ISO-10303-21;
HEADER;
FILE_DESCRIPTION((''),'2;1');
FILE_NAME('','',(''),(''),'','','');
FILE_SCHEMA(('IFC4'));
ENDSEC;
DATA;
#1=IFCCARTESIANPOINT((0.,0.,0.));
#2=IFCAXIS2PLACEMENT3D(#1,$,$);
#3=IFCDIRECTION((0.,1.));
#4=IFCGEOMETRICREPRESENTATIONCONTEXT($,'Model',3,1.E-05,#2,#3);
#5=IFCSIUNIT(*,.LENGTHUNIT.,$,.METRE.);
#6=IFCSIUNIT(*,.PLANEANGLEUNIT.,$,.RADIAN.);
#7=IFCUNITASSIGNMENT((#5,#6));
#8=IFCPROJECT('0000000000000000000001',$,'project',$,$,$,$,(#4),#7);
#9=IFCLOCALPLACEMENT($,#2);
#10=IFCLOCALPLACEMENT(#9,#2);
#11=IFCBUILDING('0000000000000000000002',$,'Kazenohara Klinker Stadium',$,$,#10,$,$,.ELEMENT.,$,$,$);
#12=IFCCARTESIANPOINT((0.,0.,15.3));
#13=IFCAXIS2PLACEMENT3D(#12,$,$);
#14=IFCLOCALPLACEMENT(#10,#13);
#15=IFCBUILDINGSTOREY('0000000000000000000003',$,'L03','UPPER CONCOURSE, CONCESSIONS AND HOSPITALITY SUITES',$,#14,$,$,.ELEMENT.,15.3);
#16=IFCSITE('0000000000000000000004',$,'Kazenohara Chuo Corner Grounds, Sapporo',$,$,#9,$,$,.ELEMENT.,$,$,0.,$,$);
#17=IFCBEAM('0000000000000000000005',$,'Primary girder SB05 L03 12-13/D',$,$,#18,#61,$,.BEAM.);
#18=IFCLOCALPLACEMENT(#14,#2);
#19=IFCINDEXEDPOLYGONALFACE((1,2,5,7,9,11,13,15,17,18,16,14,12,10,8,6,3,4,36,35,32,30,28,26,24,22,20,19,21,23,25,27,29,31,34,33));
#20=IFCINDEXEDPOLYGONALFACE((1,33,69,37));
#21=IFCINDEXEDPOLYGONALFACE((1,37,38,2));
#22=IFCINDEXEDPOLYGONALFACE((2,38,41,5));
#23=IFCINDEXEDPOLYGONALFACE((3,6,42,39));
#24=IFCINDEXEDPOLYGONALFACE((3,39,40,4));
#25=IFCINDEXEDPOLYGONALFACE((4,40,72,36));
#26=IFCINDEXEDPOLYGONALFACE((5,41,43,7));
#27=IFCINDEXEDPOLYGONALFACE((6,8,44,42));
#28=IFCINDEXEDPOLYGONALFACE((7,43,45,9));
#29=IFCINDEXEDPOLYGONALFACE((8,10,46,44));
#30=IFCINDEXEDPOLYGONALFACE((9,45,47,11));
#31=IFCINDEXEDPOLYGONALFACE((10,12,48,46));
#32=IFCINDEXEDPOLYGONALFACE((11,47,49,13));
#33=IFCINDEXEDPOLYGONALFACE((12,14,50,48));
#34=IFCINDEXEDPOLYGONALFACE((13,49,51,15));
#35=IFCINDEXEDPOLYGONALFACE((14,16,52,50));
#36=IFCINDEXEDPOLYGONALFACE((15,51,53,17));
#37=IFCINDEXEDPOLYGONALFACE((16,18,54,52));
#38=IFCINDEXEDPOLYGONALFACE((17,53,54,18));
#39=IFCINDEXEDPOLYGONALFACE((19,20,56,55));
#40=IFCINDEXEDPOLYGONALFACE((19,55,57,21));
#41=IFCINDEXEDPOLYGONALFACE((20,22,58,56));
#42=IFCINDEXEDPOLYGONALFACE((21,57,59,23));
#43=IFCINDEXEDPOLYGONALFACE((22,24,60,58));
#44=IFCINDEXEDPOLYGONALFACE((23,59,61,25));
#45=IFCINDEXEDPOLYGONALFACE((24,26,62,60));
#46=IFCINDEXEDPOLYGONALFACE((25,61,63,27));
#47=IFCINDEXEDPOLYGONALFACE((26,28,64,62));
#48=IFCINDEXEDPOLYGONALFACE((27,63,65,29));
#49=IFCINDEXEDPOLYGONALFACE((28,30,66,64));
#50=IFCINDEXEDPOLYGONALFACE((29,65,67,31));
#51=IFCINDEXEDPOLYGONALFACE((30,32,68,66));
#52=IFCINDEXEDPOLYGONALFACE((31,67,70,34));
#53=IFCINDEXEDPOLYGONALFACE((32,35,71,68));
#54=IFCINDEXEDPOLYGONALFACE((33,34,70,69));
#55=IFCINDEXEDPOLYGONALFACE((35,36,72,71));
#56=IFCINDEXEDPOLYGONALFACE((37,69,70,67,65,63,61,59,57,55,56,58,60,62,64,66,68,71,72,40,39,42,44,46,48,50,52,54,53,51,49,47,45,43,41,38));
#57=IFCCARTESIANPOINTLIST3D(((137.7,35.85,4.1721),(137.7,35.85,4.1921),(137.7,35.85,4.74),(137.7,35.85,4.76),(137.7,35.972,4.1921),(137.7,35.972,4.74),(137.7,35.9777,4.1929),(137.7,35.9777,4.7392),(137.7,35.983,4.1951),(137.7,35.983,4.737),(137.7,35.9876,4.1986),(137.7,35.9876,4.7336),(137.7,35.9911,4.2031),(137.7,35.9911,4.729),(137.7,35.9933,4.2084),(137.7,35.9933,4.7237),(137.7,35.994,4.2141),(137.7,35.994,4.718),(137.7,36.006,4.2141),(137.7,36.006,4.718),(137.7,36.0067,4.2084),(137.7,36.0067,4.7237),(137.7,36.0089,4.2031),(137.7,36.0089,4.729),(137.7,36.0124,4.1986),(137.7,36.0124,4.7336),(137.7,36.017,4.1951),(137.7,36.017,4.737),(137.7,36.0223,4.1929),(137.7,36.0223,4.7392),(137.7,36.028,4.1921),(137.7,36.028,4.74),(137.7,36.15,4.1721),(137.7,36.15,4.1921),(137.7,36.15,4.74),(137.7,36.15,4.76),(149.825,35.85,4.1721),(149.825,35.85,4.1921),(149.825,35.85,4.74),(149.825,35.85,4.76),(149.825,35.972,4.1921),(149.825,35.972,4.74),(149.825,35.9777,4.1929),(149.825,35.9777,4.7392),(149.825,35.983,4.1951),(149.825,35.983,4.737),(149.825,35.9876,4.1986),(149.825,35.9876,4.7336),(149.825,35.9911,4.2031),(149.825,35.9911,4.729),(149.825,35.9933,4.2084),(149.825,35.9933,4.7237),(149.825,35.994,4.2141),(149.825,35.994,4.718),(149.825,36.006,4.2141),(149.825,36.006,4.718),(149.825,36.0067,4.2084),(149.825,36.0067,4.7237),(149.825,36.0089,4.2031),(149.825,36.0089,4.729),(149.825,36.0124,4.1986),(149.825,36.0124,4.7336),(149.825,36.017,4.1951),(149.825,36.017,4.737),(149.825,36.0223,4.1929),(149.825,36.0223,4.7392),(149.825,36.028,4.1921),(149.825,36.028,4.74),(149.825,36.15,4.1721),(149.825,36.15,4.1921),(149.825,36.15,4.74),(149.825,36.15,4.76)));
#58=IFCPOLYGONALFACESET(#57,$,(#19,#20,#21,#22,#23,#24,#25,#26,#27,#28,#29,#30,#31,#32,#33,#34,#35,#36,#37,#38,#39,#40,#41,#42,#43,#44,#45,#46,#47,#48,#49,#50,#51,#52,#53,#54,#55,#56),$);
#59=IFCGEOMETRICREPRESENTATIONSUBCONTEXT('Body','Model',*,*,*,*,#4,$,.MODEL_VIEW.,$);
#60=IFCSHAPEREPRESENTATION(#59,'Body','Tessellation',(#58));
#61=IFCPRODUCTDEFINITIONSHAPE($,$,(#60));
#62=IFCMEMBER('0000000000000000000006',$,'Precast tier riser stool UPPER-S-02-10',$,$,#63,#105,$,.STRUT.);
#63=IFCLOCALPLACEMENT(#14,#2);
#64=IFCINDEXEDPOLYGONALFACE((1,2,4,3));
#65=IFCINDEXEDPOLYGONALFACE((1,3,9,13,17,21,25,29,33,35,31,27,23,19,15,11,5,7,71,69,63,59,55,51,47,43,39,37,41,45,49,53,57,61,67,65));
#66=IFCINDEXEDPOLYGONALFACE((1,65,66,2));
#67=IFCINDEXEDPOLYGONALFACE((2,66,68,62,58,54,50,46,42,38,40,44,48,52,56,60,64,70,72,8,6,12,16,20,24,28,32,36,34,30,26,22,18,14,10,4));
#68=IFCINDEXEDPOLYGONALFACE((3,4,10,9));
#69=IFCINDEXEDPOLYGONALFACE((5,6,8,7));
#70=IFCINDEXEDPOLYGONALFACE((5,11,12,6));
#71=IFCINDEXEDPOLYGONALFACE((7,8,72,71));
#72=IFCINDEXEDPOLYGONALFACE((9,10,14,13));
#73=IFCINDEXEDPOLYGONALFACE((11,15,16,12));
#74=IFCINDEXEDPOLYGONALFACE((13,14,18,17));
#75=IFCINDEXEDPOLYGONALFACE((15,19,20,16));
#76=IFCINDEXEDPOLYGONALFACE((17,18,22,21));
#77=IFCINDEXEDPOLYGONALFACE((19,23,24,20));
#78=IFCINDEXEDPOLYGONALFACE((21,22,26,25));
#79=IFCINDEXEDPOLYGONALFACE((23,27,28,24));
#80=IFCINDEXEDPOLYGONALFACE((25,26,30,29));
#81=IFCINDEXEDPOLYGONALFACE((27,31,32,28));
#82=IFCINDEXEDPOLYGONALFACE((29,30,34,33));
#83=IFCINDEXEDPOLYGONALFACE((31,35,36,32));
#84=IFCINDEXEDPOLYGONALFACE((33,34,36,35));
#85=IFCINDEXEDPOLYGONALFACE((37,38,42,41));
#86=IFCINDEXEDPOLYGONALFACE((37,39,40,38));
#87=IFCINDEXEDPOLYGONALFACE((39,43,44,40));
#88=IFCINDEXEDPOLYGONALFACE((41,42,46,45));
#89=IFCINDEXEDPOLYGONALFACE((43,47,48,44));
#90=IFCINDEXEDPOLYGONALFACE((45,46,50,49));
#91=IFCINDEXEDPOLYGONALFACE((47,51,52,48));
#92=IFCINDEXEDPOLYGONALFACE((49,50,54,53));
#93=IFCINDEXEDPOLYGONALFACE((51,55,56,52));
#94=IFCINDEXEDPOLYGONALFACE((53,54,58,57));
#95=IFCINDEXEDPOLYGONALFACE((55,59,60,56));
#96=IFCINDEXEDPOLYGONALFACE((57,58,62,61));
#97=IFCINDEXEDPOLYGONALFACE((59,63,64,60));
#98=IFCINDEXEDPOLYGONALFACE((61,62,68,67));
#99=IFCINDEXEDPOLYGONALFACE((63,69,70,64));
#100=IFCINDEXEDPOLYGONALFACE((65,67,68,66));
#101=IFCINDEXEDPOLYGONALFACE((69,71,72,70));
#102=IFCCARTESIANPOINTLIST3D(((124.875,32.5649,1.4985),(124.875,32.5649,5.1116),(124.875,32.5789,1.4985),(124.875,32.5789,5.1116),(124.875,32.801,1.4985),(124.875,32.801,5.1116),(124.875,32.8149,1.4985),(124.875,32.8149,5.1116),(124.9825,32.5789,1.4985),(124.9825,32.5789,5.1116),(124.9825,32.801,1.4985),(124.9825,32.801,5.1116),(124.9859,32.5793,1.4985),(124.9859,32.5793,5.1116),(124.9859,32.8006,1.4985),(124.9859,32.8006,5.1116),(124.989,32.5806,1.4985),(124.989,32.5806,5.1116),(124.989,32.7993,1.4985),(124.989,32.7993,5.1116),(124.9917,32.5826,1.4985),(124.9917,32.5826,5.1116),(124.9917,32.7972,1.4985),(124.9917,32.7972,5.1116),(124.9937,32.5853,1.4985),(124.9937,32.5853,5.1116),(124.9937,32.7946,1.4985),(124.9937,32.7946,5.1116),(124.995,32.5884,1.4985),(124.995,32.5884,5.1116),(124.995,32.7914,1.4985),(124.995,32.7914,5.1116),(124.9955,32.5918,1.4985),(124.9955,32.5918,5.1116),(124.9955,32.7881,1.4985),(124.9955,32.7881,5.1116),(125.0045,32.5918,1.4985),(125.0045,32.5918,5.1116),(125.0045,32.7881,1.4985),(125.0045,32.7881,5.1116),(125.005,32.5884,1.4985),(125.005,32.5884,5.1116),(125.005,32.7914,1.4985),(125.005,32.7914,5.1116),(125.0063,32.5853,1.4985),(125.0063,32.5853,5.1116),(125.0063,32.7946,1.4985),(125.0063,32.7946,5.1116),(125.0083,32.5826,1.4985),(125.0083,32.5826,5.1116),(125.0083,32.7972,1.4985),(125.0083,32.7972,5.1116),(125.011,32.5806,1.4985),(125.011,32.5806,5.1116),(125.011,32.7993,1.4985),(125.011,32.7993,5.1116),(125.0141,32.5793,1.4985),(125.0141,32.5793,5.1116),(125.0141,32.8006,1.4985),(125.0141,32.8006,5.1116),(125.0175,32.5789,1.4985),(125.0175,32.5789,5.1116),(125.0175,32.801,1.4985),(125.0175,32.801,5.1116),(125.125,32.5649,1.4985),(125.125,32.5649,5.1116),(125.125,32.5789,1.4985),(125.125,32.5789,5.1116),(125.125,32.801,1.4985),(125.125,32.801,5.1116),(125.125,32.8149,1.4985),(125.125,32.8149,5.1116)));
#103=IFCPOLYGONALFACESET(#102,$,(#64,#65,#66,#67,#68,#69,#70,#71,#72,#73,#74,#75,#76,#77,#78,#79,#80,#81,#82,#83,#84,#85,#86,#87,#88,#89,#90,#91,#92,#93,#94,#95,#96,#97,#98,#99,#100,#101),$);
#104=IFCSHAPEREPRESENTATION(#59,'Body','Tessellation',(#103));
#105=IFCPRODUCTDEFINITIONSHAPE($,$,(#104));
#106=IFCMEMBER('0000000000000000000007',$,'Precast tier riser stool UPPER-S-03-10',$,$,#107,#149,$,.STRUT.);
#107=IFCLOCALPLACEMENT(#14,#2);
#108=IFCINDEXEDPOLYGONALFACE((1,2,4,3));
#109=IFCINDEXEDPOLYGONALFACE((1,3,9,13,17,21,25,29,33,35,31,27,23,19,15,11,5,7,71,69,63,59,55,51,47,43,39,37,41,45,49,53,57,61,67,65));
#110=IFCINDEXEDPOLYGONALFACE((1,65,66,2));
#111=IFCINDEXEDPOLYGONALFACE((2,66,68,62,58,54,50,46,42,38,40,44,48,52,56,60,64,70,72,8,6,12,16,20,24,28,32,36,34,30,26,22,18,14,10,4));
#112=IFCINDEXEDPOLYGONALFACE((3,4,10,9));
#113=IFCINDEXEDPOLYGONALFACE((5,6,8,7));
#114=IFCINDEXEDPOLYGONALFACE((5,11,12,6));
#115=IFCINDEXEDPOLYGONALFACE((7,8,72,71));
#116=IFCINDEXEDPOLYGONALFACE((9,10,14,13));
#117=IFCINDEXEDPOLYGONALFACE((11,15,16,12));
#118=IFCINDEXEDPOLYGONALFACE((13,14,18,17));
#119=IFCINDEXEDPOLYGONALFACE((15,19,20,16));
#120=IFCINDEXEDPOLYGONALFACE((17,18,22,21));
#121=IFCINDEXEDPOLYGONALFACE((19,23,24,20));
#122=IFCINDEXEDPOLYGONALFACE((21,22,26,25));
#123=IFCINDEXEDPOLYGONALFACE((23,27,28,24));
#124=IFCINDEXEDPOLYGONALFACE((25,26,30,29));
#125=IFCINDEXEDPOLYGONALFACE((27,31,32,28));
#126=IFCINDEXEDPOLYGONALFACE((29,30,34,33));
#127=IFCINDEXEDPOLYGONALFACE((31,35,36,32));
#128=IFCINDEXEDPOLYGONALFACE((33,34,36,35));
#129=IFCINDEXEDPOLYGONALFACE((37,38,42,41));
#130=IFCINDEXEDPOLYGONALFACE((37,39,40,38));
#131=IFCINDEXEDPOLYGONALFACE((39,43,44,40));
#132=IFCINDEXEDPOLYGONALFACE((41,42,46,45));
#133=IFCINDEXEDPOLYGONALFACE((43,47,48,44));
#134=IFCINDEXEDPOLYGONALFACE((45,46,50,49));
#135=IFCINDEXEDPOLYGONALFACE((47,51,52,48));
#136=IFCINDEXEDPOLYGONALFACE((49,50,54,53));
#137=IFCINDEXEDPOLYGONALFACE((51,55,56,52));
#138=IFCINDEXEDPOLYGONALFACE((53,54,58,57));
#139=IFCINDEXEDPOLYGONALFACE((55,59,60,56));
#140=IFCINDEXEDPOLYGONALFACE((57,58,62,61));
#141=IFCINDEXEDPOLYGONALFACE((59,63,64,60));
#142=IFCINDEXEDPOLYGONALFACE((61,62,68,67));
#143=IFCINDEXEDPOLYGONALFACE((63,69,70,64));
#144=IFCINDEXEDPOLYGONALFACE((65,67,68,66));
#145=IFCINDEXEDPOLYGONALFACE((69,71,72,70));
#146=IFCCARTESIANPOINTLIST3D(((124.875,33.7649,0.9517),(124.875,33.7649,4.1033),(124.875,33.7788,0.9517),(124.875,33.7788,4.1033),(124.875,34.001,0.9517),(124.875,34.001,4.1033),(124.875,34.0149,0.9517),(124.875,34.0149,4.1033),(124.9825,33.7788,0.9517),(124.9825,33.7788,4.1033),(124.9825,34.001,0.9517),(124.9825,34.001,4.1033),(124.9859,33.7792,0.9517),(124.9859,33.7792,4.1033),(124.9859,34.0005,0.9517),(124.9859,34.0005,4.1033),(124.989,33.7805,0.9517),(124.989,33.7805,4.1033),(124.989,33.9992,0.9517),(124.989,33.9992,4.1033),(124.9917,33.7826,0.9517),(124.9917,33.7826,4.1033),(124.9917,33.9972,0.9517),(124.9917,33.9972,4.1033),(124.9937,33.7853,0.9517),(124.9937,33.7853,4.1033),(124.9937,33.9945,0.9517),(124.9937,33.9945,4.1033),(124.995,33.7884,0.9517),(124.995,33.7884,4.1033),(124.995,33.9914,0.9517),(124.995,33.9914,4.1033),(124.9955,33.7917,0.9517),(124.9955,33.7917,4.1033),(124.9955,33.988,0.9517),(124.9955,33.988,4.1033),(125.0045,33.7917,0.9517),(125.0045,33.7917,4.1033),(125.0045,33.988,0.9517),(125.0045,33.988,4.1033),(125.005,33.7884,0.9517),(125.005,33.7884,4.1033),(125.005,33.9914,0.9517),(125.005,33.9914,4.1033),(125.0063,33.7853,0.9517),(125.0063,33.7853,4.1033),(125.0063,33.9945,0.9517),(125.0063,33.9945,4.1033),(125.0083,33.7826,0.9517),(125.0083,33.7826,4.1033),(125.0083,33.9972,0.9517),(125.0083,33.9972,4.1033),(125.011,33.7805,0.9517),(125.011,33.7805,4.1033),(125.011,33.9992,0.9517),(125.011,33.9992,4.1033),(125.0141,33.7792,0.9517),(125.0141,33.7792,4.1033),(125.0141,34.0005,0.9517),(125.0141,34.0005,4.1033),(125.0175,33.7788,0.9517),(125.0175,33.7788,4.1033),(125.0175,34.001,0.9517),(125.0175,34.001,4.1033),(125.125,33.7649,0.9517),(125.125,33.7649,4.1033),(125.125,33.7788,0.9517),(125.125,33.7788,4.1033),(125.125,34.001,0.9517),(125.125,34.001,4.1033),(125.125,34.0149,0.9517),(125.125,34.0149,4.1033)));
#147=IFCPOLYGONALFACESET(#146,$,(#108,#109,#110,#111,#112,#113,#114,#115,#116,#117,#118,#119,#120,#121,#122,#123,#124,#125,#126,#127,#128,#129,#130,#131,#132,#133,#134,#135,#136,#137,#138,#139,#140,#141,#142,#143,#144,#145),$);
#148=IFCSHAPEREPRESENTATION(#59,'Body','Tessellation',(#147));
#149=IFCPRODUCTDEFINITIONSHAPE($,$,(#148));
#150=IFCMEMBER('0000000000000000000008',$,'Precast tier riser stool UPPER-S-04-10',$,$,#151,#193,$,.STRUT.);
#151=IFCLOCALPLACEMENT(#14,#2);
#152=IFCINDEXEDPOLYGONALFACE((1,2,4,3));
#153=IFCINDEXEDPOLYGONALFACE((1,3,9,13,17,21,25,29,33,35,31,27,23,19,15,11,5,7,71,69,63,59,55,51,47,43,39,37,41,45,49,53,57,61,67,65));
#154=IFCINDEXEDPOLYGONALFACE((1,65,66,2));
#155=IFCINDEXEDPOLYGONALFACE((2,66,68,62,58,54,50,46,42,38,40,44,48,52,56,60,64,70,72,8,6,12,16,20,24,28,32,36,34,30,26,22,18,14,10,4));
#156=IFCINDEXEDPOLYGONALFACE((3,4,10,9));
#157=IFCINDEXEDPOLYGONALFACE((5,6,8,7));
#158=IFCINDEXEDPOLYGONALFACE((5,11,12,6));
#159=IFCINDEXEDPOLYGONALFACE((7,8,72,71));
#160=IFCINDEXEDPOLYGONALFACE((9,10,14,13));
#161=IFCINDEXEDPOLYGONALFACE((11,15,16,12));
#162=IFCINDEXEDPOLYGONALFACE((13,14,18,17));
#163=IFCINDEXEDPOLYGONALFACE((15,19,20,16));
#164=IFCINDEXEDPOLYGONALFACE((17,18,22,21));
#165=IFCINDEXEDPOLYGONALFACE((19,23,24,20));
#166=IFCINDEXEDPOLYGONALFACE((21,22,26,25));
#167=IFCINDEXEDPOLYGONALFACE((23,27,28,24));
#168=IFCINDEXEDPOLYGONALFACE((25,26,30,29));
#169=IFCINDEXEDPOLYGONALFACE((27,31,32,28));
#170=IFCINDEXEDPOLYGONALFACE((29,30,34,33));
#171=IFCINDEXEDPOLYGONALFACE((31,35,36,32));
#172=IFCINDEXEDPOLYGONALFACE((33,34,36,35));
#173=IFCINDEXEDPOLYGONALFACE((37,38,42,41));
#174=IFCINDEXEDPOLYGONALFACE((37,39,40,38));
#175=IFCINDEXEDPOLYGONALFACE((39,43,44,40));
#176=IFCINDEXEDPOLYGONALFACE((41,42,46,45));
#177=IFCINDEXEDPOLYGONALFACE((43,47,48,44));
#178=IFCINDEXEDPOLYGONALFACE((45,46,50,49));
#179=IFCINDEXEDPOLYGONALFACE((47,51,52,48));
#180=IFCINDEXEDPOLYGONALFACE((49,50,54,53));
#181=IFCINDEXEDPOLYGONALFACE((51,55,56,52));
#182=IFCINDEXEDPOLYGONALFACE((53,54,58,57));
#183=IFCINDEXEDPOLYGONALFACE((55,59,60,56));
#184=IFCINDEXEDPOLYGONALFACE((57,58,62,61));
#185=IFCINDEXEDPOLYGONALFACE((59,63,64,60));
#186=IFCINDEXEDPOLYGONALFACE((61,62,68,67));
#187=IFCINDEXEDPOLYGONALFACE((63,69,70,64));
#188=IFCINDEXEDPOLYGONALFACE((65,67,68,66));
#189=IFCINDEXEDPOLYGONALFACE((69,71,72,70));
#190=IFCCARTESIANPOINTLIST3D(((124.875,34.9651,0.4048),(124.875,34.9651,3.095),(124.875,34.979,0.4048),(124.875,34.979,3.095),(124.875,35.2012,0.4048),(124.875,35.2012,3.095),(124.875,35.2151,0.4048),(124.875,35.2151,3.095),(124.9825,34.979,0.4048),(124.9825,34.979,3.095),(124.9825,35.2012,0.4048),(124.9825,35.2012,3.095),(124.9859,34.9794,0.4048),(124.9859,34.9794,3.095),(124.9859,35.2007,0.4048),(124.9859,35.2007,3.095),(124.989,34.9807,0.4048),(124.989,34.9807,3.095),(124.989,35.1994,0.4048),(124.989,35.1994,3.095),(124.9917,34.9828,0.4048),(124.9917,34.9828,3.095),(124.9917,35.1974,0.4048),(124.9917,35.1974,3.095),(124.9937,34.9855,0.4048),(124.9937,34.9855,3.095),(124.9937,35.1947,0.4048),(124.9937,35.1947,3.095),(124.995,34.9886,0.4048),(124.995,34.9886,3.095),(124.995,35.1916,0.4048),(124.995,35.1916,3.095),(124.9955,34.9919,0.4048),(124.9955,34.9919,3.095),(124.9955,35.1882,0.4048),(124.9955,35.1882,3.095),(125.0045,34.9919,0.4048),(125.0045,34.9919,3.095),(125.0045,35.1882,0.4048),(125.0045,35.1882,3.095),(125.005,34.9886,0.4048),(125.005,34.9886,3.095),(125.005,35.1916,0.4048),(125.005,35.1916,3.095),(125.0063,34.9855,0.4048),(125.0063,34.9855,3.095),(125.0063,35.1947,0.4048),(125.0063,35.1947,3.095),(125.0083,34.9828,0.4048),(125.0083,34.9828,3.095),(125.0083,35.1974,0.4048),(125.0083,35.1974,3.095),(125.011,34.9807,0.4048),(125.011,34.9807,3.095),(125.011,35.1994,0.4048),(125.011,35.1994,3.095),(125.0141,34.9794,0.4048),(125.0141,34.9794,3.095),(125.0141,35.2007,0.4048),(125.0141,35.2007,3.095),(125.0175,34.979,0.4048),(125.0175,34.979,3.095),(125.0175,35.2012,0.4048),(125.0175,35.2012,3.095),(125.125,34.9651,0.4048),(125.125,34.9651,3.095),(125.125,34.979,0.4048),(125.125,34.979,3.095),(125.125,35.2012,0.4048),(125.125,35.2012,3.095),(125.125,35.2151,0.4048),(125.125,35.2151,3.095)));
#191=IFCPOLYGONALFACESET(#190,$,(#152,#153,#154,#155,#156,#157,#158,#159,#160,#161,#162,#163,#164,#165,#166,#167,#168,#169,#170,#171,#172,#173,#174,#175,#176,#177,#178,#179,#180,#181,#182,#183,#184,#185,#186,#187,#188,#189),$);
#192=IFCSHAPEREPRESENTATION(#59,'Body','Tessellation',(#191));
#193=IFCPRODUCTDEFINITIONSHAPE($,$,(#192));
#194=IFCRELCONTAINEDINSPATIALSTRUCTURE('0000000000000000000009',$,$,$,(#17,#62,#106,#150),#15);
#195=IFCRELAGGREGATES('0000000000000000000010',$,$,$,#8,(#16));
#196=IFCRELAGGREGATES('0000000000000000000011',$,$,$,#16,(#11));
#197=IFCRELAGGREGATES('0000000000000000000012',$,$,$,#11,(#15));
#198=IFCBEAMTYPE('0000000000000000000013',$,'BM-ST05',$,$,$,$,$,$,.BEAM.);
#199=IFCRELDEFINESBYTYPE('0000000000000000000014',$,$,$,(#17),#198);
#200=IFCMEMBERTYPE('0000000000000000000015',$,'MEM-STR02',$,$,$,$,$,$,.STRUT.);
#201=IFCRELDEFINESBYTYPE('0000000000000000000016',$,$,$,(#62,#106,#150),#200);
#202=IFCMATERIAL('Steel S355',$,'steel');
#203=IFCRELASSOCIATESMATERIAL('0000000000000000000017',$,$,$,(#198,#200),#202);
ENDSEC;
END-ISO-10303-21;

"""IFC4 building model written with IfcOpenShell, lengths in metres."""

from ifc_helpers import new_model, si_unit, direction, frame, origin, origin_2d, place, context, subcontext, project, spatial, i_section, extrude, material, material_profile, profile_set, type_object, element, save


model = new_model("IFC4")

# Units and contexts
model_context = context("Model", 3, precision=1e-05, world=origin(), true_north=direction((0.0, 1.0)))
body_context = subcontext(model_context, "Body", "Model", "MODEL_VIEW")
ifc_project = project(units=[si_unit("LENGTHUNIT", "METRE"), si_unit("PLANEANGLEUNIT", "RADIAN")], contexts=[model_context])

# Site, building, storey
site_placement = place(None, origin())
site = spatial("IfcSite", under=ifc_project, at=site_placement, Name="Kazenohara Chuo Corner Grounds, Sapporo", CompositionType="ELEMENT", RefElevation=0.0)
building_placement = place(site_placement, origin())
building = spatial("IfcBuilding", under=site, at=building_placement, Name="Kazenohara Klinker Stadium", CompositionType="ELEMENT")
storey_placement = place(building_placement, frame((0.0, 0.0, 15.3)))
storey = spatial("IfcBuildingStorey", under=building, at=storey_placement, Name="L03", Description="UPPER CONCOURSE, CONCESSIONS AND HOSPITALITY SUITES", CompositionType="ELEMENT", Elevation=15.3)

# Shared definitions
ifc_material_1 = material(Name="Steel S355", Category="steel")

# Beam
ifc_material_profile_1 = material_profile(ifc_material_1, i_section(OverallWidth=0.3, OverallDepth=0.5879, WebThickness=0.012, FlangeThickness=0.02, FilletRadius=0.022, at=origin_2d()), Name="H-588x300x12x20")
ifc_profile_set_1 = profile_set([ifc_material_profile_1], Name="Steel S355")
beam_type_1 = type_object("IfcBeamType", Name="BM-ST05", PredefinedType="BEAM", material=ifc_profile_set_1)
beam_1_placement = place(storey_placement, frame((137.7, 36.0, 4.4661), z_axis=(1.0, 0.0, 0.0), x_axis=(0.0, 1.0, 0.0)))
element("IfcBeam", 1, at=beam_1_placement, inside=storey, type_object=beam_type_1, Name="Primary girder SB05 L03 12-13/D", PredefinedType="BEAM", context=body_context, shape_type="SweptSolid", body=[
    extrude(i_section(OverallWidth=0.3, OverallDepth=0.5879, WebThickness=0.012, FlangeThickness=0.02, FilletRadius=0.022, at=origin_2d()), origin(), (0.0, 0.0, 1.0), 12.125),
])

# Members
ifc_material_profile_2 = material_profile(ifc_material_1, i_section(OverallWidth=0.25, OverallDepth=0.25, WebThickness=0.009, FlangeThickness=0.0139, FilletRadius=0.0129, at=origin_2d()), Name="H-250x250x9x14")
ifc_profile_set_2 = profile_set([ifc_material_profile_2], Name="Steel S355")
member_type = type_object("IfcMemberType", Name="MEM-STR02", PredefinedType="STRUT", material=ifc_profile_set_2)
member_1_placement = place(storey_placement, frame((125.0, 32.6899, 1.4985), z_axis=(0.0, 0.0, 1.0), x_axis=(1.0, 0.0, 0.0)))
element("IfcMember", 2, at=member_1_placement, inside=storey, type_object=member_type, Name="Precast tier riser stool UPPER-S-02-10", PredefinedType="STRUT", context=body_context, shape_type="SweptSolid", body=[
    extrude(i_section(OverallWidth=0.25, OverallDepth=0.25, WebThickness=0.009, FlangeThickness=0.0139, FilletRadius=0.0129, at=origin_2d()), origin(), (0.0, 0.0, 1.0), 3.613),
])
member_2_placement = place(storey_placement, frame((125.0, 33.8899, 0.9517), z_axis=(0.0, 0.0, 1.0), x_axis=(1.0, 0.0, 0.0)))
element("IfcMember", 3, at=member_2_placement, inside=storey, type_object=member_type, Name="Precast tier riser stool UPPER-S-03-10", PredefinedType="STRUT", context=body_context, shape_type="SweptSolid", body=[
    extrude(i_section(OverallWidth=0.25, OverallDepth=0.25, WebThickness=0.009, FlangeThickness=0.0139, FilletRadius=0.0129, at=origin_2d()), origin(), (0.0, 0.0, 1.0), 3.1516),
])
member_3_placement = place(storey_placement, frame((125.0, 35.0901, 0.4048), z_axis=(0.0, 0.0, 1.0), x_axis=(1.0, 0.0, 0.0)))
element("IfcMember", 4, at=member_3_placement, inside=storey, type_object=member_type, Name="Precast tier riser stool UPPER-S-04-10", PredefinedType="STRUT", context=body_context, shape_type="SweptSolid", body=[
    extrude(i_section(OverallWidth=0.25, OverallDepth=0.25, WebThickness=0.009, FlangeThickness=0.0139, FilletRadius=0.0129, at=origin_2d()), origin(), (0.0, 0.0, 1.0), 2.6902),
])

save(model, "model.ifc")
